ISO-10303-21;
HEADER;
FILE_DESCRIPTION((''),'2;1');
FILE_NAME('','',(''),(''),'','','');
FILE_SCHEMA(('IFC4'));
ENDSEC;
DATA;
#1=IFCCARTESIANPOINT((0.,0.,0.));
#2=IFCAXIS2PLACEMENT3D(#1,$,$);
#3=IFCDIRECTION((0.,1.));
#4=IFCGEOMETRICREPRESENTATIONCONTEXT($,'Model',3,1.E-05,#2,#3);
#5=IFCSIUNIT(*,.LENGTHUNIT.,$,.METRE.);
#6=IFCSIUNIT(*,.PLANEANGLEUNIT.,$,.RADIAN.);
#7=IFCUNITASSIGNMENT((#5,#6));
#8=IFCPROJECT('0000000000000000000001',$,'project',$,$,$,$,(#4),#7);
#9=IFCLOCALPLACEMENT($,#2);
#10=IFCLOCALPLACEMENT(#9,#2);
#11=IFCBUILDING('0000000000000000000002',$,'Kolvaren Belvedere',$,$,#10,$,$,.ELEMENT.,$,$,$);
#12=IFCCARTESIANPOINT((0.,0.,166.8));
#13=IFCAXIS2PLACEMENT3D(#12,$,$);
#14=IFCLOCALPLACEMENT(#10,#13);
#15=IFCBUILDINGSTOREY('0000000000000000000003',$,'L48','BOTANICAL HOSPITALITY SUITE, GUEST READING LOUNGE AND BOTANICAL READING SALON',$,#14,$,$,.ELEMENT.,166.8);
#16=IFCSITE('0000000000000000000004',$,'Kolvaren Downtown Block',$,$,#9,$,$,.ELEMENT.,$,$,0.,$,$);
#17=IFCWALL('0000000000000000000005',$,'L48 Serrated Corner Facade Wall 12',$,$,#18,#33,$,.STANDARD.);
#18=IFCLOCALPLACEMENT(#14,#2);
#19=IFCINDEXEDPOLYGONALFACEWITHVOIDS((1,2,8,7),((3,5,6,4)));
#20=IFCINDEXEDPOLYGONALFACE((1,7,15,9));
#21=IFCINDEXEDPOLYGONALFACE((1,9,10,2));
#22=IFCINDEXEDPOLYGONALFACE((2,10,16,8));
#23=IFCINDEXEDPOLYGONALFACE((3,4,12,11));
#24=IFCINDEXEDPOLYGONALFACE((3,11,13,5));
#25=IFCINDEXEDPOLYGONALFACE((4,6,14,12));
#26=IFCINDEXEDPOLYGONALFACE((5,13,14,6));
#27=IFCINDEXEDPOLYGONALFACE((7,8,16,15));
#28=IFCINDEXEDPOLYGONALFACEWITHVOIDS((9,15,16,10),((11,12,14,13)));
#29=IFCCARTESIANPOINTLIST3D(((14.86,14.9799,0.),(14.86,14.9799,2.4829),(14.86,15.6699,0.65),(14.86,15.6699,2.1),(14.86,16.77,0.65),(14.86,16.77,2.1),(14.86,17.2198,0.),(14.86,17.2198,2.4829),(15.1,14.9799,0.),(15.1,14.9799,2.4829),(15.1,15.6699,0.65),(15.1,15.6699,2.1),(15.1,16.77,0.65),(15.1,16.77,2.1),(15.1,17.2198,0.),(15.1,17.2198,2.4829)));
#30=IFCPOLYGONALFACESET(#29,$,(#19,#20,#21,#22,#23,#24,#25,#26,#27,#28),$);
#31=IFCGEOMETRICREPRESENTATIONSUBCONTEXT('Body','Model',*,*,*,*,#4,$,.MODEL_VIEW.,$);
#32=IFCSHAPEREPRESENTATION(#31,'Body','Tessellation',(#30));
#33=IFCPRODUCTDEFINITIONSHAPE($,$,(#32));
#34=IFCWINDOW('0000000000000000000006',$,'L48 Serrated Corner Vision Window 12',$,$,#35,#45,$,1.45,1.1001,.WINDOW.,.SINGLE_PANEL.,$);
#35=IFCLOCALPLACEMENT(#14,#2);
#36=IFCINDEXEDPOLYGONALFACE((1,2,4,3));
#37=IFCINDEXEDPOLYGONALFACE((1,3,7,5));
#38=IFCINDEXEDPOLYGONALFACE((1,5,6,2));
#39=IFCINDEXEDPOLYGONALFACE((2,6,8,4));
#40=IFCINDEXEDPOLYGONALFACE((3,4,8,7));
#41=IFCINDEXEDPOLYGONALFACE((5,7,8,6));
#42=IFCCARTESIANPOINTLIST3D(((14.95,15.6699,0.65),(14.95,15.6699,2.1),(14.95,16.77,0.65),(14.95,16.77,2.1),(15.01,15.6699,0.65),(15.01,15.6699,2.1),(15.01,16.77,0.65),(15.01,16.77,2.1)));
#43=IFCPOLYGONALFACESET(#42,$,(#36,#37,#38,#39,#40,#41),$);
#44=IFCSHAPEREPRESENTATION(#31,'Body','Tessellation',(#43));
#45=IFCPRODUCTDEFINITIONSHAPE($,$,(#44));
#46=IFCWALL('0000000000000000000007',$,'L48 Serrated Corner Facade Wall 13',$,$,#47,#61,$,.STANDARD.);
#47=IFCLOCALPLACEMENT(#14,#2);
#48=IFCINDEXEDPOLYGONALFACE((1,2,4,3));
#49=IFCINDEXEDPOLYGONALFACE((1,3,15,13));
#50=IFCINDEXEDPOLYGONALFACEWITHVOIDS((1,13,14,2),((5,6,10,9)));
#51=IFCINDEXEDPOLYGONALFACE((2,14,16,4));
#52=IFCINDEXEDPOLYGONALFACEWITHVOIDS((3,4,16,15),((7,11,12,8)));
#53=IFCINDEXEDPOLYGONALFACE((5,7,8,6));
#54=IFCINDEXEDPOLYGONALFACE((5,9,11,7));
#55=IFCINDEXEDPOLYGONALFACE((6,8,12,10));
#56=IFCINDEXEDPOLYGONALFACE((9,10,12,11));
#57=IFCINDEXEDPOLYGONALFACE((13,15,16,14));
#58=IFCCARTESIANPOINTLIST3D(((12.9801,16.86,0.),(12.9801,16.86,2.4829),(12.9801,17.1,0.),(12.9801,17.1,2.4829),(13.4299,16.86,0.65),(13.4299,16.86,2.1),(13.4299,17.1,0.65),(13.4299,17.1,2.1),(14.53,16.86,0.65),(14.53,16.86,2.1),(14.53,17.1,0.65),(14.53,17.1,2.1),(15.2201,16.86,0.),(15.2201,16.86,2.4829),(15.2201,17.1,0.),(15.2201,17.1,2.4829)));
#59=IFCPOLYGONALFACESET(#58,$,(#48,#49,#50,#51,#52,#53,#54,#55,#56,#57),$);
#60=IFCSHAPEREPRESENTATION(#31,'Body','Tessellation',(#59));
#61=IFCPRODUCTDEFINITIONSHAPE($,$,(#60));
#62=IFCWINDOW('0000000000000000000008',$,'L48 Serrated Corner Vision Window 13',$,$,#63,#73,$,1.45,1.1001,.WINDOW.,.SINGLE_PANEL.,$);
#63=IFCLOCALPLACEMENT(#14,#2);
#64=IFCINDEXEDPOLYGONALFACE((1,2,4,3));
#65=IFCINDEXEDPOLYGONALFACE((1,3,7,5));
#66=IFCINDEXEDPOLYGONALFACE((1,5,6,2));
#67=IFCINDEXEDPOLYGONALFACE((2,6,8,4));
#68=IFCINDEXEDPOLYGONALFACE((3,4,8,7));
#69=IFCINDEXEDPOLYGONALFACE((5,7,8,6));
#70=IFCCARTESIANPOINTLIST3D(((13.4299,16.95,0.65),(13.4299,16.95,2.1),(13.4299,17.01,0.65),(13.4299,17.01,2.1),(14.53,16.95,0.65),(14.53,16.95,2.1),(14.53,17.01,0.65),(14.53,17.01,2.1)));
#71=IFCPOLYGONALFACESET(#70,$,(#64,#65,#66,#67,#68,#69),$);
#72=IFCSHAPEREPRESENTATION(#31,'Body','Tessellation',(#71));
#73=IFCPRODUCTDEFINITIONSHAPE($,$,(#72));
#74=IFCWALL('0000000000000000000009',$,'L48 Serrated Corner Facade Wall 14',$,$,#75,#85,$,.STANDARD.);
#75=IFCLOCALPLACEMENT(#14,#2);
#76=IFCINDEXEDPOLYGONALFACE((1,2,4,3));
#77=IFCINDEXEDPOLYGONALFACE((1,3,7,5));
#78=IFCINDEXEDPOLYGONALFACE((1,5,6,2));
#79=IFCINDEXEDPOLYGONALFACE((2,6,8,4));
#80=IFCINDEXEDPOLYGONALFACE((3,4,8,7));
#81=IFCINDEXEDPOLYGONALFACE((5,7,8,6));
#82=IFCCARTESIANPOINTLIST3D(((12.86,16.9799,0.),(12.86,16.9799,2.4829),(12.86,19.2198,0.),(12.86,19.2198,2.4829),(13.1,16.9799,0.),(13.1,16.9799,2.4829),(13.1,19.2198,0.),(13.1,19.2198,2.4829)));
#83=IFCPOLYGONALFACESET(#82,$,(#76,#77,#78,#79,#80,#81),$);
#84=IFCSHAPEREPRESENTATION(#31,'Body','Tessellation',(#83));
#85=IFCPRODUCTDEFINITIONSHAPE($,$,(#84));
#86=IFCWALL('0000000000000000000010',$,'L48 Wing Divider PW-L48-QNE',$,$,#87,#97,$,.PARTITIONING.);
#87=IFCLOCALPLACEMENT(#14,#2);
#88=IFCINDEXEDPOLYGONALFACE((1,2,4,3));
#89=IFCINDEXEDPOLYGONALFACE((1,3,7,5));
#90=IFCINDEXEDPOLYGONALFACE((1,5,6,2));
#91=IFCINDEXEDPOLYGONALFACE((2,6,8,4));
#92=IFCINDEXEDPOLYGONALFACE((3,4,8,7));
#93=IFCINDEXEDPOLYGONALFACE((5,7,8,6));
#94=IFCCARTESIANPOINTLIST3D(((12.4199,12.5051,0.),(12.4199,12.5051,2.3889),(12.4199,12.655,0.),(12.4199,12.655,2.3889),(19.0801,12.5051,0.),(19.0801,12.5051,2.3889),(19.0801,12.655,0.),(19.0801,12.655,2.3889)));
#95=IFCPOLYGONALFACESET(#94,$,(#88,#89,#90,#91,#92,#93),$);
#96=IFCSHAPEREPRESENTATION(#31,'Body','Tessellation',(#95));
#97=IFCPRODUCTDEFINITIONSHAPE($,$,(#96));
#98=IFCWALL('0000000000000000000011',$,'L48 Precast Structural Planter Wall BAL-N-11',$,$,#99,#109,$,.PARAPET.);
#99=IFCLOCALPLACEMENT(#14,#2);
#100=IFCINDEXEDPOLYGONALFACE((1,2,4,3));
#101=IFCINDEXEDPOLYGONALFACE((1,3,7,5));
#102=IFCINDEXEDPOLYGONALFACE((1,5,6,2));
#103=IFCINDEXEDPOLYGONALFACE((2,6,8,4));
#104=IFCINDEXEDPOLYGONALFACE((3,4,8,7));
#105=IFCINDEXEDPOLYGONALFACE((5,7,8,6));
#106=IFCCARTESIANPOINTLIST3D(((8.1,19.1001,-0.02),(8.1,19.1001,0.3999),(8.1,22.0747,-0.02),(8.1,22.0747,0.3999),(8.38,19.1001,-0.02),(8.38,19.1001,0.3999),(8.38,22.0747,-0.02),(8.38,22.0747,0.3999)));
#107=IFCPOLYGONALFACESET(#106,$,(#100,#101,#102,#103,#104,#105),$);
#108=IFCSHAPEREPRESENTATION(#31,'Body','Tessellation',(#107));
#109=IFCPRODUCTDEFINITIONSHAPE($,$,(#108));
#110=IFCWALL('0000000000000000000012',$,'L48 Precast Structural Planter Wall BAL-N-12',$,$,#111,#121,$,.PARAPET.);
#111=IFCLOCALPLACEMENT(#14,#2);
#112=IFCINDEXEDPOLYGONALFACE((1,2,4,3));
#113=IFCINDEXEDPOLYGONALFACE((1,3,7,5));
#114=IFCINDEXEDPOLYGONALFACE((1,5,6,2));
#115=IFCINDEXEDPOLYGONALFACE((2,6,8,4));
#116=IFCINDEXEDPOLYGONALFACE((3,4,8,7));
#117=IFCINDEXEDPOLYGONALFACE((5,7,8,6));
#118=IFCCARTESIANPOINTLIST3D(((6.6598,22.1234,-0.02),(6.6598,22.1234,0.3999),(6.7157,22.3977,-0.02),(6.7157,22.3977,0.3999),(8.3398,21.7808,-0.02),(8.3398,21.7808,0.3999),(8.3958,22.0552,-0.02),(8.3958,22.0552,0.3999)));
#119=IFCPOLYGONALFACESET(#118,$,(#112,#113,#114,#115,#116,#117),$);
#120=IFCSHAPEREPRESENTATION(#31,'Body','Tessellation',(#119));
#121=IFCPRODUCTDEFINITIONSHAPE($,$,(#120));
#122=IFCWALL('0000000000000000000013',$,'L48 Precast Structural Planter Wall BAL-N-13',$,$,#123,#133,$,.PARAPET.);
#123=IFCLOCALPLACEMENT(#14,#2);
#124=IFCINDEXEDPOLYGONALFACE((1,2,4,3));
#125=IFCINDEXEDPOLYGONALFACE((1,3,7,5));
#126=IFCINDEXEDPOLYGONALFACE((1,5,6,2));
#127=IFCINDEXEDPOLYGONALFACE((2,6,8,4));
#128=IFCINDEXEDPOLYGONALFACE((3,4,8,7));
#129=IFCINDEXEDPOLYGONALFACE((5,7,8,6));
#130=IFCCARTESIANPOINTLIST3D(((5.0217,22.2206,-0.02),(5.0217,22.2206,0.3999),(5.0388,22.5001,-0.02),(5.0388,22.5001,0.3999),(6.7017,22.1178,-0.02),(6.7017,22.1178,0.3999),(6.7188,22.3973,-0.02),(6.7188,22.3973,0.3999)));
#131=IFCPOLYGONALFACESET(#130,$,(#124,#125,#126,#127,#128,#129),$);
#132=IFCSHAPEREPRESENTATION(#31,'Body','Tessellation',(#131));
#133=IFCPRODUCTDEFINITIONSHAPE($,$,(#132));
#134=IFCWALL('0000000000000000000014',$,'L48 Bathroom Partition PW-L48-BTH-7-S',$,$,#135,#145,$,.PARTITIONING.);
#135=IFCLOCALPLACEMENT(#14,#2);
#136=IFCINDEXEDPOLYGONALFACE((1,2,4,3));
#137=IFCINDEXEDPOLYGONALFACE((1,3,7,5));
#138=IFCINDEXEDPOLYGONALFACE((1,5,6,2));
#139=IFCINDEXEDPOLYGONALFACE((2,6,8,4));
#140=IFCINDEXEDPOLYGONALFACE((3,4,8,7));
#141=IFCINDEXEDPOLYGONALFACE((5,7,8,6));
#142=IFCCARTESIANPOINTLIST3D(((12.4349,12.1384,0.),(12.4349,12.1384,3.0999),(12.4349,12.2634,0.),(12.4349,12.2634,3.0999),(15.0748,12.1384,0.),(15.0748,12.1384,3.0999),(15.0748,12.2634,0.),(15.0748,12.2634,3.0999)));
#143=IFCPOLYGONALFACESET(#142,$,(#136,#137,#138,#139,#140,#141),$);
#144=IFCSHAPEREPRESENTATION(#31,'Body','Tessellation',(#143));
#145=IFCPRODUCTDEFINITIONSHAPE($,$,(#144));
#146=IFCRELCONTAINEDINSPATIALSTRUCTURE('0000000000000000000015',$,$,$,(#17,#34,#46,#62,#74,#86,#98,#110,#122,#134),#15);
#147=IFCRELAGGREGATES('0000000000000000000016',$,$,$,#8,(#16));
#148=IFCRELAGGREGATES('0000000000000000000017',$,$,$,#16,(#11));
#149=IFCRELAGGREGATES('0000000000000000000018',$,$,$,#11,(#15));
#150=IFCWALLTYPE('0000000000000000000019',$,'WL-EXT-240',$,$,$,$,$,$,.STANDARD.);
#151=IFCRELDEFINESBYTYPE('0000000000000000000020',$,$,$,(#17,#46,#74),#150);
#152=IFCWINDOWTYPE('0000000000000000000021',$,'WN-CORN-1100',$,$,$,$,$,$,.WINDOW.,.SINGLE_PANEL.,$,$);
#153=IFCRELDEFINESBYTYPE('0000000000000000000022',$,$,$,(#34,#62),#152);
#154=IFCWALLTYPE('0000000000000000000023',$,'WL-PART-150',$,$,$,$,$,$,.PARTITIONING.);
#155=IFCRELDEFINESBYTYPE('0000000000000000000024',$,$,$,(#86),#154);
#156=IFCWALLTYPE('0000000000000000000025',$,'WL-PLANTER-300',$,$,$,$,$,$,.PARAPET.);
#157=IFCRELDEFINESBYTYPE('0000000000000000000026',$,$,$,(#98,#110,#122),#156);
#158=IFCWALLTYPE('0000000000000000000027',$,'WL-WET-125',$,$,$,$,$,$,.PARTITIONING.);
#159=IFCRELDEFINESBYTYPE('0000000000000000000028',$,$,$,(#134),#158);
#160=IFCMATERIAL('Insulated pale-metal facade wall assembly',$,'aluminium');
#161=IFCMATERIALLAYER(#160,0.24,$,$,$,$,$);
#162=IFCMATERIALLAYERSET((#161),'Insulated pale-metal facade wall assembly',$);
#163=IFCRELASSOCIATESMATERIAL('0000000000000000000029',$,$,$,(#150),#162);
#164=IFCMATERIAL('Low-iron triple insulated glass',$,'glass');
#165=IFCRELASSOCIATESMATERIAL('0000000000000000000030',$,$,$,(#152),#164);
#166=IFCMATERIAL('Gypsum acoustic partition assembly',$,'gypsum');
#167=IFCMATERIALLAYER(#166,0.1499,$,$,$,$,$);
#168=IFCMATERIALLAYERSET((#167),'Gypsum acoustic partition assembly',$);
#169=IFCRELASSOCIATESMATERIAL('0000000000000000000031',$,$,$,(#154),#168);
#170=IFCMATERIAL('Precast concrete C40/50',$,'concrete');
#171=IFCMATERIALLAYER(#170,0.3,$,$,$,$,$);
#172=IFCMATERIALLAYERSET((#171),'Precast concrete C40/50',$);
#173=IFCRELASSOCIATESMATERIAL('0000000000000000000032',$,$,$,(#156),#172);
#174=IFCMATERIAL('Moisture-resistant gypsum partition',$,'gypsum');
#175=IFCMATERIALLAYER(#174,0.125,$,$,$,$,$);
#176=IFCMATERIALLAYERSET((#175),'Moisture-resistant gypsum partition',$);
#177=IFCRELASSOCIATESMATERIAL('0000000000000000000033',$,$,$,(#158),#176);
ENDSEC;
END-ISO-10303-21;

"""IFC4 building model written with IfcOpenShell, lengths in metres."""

from ifc_helpers import new_model, si_unit, direction, frame, frame_2d, origin, place, context, subcontext, project, spatial, rectangle, extrude, material, layer, layer_set, type_object, element, fill, save


model = new_model("IFC4")

# Units and contexts
model_context = context("Model", 3, precision=1e-05, world=origin(), true_north=direction((0.0, 1.0)))
body_context = subcontext(model_context, "Body", "Model", "MODEL_VIEW")
ifc_project = project(units=[si_unit("LENGTHUNIT", "METRE"), si_unit("PLANEANGLEUNIT", "RADIAN")], contexts=[model_context])

# Site, building, storey
site_placement = place(None, origin())
site = spatial("IfcSite", under=ifc_project, at=site_placement, Name="Kolvaren Downtown Block", CompositionType="ELEMENT", RefElevation=0.0)
building_placement = place(site_placement, origin())
building = spatial("IfcBuilding", under=site, at=building_placement, Name="Kolvaren Belvedere", CompositionType="ELEMENT")
storey_placement = place(building_placement, frame((0.0, 0.0, 166.8)))
storey = spatial("IfcBuildingStorey", under=building, at=storey_placement, Name="L48", Description="BOTANICAL HOSPITALITY SUITE, GUEST READING LOUNGE AND BOTANICAL READING SALON", CompositionType="ELEMENT", Elevation=166.8)

# Shared definitions
ifc_material_1 = material(Name="Insulated pale-metal facade wall assembly", Category="aluminium")
ifc_layer_1 = layer(ifc_material_1, 0.24)
ifc_layer_set_1 = layer_set([ifc_layer_1], Name="Insulated pale-metal facade wall assembly")
wall_type_1 = type_object("IfcWallType", Name="WL-EXT-240", PredefinedType="STANDARD", material=ifc_layer_set_1)

# Walls, openings, windows
ifc_material_2 = material(Name="Low-iron triple insulated glass", Category="glass")
window_type = type_object("IfcWindowType", Name="WN-CORN-1100", PartitioningType="SINGLE_PANEL", PredefinedType="WINDOW", material=ifc_material_2)
wall_1_placement = place(storey_placement, frame((14.98, 17.22, 0.0), z_axis=(0.0, 0.0, 1.0), x_axis=(0.0, -1.0, 0.0)))
wall_1 = element("IfcWall", 1, at=wall_1_placement, inside=storey, type_object=wall_type_1, Name="L48 Serrated Corner Facade Wall 12", PredefinedType="STANDARD", context=body_context, shape_type="SweptSolid", body=[
    extrude(rectangle(XDim=2.24, YDim=0.24, at=frame_2d((1.1201, 0.0))), origin(), (0.0, 0.0, 1.0), 2.4829),
])
opening_1_placement = place(wall_1_placement, frame((0.45, 0.0, 0.6499)))
opening_1 = element("IfcOpeningElement", 2, at=opening_1_placement, cuts=wall_1, PredefinedType="OPENING", context=body_context, shape_type="SweptSolid", body=[
    extrude(rectangle(XDim=1.1001, YDim=1.45, at=frame_2d((0.55, 0.7251))), frame((0.0, 0.1299, 0.0), z_axis=(0.0, -1.0, 0.0), x_axis=(1.0, 0.0, 0.0)), (0.0, 0.0, 1.0), 0.26),
])
window_1_placement = place(opening_1_placement, origin())
window_1 = element("IfcWindow", 3, at=window_1_placement, inside=storey, type_object=window_type, Name="L48 Serrated Corner Vision Window 12", OverallHeight=1.45, OverallWidth=1.1001, PartitioningType="SINGLE_PANEL", PredefinedType="WINDOW", context=body_context, shape_type="SweptSolid", body=[
    extrude(rectangle(XDim=1.1001, YDim=1.45, at=frame_2d((0.55, 0.7251))), frame((0.0, 0.03, 0.0), z_axis=(0.0, -1.0, 0.0), x_axis=(1.0, 0.0, 0.0)), (0.0, 0.0, 1.0), 0.0601),
])
fill(opening_1, window_1)
wall_2_placement = place(storey_placement, frame((12.98, 16.98, 0.0), z_axis=(0.0, 0.0, 1.0), x_axis=(1.0, 0.0, 0.0)))
wall_2 = element("IfcWall", 4, at=wall_2_placement, inside=storey, type_object=wall_type_1, Name="L48 Serrated Corner Facade Wall 13", PredefinedType="STANDARD", context=body_context, shape_type="SweptSolid", body=[
    extrude(rectangle(XDim=2.24, YDim=0.24, at=frame_2d((1.1201, 0.0))), origin(), (0.0, 0.0, 1.0), 2.4829),
])
opening_2_placement = place(wall_2_placement, frame((0.45, 0.0, 0.6499)))
opening_2 = element("IfcOpeningElement", 5, at=opening_2_placement, cuts=wall_2, PredefinedType="OPENING", context=body_context, shape_type="SweptSolid", body=[
    extrude(rectangle(XDim=1.1001, YDim=1.45, at=frame_2d((0.55, 0.7251))), frame((0.0, 0.1299, 0.0), z_axis=(0.0, -1.0, 0.0), x_axis=(1.0, 0.0, 0.0)), (0.0, 0.0, 1.0), 0.26),
])
window_2_placement = place(opening_2_placement, origin())
window_2 = element("IfcWindow", 6, at=window_2_placement, inside=storey, type_object=window_type, Name="L48 Serrated Corner Vision Window 13", OverallHeight=1.45, OverallWidth=1.1001, PartitioningType="SINGLE_PANEL", PredefinedType="WINDOW", context=body_context, shape_type="SweptSolid", body=[
    extrude(rectangle(XDim=1.1001, YDim=1.45, at=frame_2d((0.55, 0.7251))), frame((0.0, 0.03, 0.0), z_axis=(0.0, -1.0, 0.0), x_axis=(1.0, 0.0, 0.0)), (0.0, 0.0, 1.0), 0.0601),
])
fill(opening_2, window_2)

# Walls
wall_3_placement = place(storey_placement, frame((12.98, 19.22, 0.0), z_axis=(0.0, 0.0, 1.0), x_axis=(0.0, -1.0, 0.0)))
element("IfcWall", 7, at=wall_3_placement, inside=storey, type_object=wall_type_1, Name="L48 Serrated Corner Facade Wall 14", PredefinedType="STANDARD", context=body_context, shape_type="SweptSolid", body=[
    extrude(rectangle(XDim=2.24, YDim=0.24, at=frame_2d((1.1201, 0.0))), origin(), (0.0, 0.0, 1.0), 2.4829),
])
ifc_material_3 = material(Name="Gypsum acoustic partition assembly", Category="gypsum")
ifc_layer_2 = layer(ifc_material_3, 0.1499)
ifc_layer_set_2 = layer_set([ifc_layer_2], Name="Gypsum acoustic partition assembly")
wall_type_2 = type_object("IfcWallType", Name="WL-PART-150", PredefinedType="PARTITIONING", material=ifc_layer_set_2)
wall_4_placement = place(storey_placement, frame((12.4199, 12.5801, 0.0), z_axis=(0.0, 0.0, 1.0), x_axis=(1.0, 0.0, 0.0)))
element("IfcWall", 8, at=wall_4_placement, inside=storey, type_object=wall_type_2, Name="L48 Wing Divider PW-L48-QNE", PredefinedType="PARTITIONING", context=body_context, shape_type="SweptSolid", body=[
    extrude(rectangle(XDim=6.6602, YDim=0.1499, at=frame_2d((3.3301, 0.0))), origin(), (0.0, 0.0, 1.0), 2.3889),
])
ifc_material_4 = material(Name="Precast concrete C40/50", Category="concrete")
ifc_layer_3 = layer(ifc_material_4, 0.3)
ifc_layer_set_3 = layer_set([ifc_layer_3], Name="Precast concrete C40/50")
wall_type_3 = type_object("IfcWallType", Name="WL-PLANTER-300", PredefinedType="PARAPET", material=ifc_layer_set_3)
wall_5_placement = place(storey_placement, frame((8.24, 19.1001, -0.02), z_axis=(0.0, 0.0, 1.0), x_axis=(0.0, 1.0, 0.0)))
element("IfcWall", 9, at=wall_5_placement, inside=storey, type_object=wall_type_3, Name="L48 Precast Structural Planter Wall BAL-N-11", PredefinedType="PARAPET", context=body_context, shape_type="SweptSolid", body=[
    extrude(rectangle(XDim=2.9746, YDim=0.28, at=frame_2d((1.4873, 0.0))), origin(), (0.0, 0.0, 1.0), 0.4199),
])
wall_6_placement = place(storey_placement, frame((8.3679, 21.918, -0.02), z_axis=(0.0, 0.0, 1.0), x_axis=(-0.97984, 0.199784, 0.0)))
element("IfcWall", 10, at=wall_6_placement, inside=storey, type_object=wall_type_3, Name="L48 Precast Structural Planter Wall BAL-N-12", PredefinedType="PARAPET", context=body_context, shape_type="SweptSolid", body=[
    extrude(rectangle(XDim=1.7146, YDim=0.28, at=frame_2d((0.8574, 0.0))), origin(), (0.0, 0.0, 1.0), 0.4199),
])
wall_7_placement = place(storey_placement, frame((6.7102, 22.2576, -0.02), z_axis=(0.0, 0.0, 1.0), x_axis=(-0.998134, 0.061069, 0.0)))
element("IfcWall", 11, at=wall_7_placement, inside=storey, type_object=wall_type_3, Name="L48 Precast Structural Planter Wall BAL-N-13", PredefinedType="PARAPET", context=body_context, shape_type="SweptSolid", body=[
    extrude(rectangle(XDim=1.6831, YDim=0.28, at=frame_2d((0.8416, 0.0))), origin(), (0.0, 0.0, 1.0), 0.4199),
])
ifc_material_5 = material(Name="Moisture-resistant gypsum partition", Category="gypsum")
ifc_layer_4 = layer(ifc_material_5, 0.125)
ifc_layer_set_4 = layer_set([ifc_layer_4], Name="Moisture-resistant gypsum partition")
wall_type_4 = type_object("IfcWallType", Name="WL-WET-125", PredefinedType="PARTITIONING", material=ifc_layer_set_4)
wall_8_placement = place(storey_placement, frame((12.4351, 12.2009, 0.0), z_axis=(0.0, 0.0, 1.0), x_axis=(1.0, 0.0, 0.0)))
element("IfcWall", 12, at=wall_8_placement, inside=storey, type_object=wall_type_4, Name="L48 Bathroom Partition PW-L48-BTH-7-S", PredefinedType="PARTITIONING", context=body_context, shape_type="SweptSolid", body=[
    extrude(rectangle(XDim=2.6399, YDim=0.125, at=frame_2d((1.3198, 0.0))), origin(), (0.0, 0.0, 1.0), 3.0999),
])

save(model, "model.ifc")
